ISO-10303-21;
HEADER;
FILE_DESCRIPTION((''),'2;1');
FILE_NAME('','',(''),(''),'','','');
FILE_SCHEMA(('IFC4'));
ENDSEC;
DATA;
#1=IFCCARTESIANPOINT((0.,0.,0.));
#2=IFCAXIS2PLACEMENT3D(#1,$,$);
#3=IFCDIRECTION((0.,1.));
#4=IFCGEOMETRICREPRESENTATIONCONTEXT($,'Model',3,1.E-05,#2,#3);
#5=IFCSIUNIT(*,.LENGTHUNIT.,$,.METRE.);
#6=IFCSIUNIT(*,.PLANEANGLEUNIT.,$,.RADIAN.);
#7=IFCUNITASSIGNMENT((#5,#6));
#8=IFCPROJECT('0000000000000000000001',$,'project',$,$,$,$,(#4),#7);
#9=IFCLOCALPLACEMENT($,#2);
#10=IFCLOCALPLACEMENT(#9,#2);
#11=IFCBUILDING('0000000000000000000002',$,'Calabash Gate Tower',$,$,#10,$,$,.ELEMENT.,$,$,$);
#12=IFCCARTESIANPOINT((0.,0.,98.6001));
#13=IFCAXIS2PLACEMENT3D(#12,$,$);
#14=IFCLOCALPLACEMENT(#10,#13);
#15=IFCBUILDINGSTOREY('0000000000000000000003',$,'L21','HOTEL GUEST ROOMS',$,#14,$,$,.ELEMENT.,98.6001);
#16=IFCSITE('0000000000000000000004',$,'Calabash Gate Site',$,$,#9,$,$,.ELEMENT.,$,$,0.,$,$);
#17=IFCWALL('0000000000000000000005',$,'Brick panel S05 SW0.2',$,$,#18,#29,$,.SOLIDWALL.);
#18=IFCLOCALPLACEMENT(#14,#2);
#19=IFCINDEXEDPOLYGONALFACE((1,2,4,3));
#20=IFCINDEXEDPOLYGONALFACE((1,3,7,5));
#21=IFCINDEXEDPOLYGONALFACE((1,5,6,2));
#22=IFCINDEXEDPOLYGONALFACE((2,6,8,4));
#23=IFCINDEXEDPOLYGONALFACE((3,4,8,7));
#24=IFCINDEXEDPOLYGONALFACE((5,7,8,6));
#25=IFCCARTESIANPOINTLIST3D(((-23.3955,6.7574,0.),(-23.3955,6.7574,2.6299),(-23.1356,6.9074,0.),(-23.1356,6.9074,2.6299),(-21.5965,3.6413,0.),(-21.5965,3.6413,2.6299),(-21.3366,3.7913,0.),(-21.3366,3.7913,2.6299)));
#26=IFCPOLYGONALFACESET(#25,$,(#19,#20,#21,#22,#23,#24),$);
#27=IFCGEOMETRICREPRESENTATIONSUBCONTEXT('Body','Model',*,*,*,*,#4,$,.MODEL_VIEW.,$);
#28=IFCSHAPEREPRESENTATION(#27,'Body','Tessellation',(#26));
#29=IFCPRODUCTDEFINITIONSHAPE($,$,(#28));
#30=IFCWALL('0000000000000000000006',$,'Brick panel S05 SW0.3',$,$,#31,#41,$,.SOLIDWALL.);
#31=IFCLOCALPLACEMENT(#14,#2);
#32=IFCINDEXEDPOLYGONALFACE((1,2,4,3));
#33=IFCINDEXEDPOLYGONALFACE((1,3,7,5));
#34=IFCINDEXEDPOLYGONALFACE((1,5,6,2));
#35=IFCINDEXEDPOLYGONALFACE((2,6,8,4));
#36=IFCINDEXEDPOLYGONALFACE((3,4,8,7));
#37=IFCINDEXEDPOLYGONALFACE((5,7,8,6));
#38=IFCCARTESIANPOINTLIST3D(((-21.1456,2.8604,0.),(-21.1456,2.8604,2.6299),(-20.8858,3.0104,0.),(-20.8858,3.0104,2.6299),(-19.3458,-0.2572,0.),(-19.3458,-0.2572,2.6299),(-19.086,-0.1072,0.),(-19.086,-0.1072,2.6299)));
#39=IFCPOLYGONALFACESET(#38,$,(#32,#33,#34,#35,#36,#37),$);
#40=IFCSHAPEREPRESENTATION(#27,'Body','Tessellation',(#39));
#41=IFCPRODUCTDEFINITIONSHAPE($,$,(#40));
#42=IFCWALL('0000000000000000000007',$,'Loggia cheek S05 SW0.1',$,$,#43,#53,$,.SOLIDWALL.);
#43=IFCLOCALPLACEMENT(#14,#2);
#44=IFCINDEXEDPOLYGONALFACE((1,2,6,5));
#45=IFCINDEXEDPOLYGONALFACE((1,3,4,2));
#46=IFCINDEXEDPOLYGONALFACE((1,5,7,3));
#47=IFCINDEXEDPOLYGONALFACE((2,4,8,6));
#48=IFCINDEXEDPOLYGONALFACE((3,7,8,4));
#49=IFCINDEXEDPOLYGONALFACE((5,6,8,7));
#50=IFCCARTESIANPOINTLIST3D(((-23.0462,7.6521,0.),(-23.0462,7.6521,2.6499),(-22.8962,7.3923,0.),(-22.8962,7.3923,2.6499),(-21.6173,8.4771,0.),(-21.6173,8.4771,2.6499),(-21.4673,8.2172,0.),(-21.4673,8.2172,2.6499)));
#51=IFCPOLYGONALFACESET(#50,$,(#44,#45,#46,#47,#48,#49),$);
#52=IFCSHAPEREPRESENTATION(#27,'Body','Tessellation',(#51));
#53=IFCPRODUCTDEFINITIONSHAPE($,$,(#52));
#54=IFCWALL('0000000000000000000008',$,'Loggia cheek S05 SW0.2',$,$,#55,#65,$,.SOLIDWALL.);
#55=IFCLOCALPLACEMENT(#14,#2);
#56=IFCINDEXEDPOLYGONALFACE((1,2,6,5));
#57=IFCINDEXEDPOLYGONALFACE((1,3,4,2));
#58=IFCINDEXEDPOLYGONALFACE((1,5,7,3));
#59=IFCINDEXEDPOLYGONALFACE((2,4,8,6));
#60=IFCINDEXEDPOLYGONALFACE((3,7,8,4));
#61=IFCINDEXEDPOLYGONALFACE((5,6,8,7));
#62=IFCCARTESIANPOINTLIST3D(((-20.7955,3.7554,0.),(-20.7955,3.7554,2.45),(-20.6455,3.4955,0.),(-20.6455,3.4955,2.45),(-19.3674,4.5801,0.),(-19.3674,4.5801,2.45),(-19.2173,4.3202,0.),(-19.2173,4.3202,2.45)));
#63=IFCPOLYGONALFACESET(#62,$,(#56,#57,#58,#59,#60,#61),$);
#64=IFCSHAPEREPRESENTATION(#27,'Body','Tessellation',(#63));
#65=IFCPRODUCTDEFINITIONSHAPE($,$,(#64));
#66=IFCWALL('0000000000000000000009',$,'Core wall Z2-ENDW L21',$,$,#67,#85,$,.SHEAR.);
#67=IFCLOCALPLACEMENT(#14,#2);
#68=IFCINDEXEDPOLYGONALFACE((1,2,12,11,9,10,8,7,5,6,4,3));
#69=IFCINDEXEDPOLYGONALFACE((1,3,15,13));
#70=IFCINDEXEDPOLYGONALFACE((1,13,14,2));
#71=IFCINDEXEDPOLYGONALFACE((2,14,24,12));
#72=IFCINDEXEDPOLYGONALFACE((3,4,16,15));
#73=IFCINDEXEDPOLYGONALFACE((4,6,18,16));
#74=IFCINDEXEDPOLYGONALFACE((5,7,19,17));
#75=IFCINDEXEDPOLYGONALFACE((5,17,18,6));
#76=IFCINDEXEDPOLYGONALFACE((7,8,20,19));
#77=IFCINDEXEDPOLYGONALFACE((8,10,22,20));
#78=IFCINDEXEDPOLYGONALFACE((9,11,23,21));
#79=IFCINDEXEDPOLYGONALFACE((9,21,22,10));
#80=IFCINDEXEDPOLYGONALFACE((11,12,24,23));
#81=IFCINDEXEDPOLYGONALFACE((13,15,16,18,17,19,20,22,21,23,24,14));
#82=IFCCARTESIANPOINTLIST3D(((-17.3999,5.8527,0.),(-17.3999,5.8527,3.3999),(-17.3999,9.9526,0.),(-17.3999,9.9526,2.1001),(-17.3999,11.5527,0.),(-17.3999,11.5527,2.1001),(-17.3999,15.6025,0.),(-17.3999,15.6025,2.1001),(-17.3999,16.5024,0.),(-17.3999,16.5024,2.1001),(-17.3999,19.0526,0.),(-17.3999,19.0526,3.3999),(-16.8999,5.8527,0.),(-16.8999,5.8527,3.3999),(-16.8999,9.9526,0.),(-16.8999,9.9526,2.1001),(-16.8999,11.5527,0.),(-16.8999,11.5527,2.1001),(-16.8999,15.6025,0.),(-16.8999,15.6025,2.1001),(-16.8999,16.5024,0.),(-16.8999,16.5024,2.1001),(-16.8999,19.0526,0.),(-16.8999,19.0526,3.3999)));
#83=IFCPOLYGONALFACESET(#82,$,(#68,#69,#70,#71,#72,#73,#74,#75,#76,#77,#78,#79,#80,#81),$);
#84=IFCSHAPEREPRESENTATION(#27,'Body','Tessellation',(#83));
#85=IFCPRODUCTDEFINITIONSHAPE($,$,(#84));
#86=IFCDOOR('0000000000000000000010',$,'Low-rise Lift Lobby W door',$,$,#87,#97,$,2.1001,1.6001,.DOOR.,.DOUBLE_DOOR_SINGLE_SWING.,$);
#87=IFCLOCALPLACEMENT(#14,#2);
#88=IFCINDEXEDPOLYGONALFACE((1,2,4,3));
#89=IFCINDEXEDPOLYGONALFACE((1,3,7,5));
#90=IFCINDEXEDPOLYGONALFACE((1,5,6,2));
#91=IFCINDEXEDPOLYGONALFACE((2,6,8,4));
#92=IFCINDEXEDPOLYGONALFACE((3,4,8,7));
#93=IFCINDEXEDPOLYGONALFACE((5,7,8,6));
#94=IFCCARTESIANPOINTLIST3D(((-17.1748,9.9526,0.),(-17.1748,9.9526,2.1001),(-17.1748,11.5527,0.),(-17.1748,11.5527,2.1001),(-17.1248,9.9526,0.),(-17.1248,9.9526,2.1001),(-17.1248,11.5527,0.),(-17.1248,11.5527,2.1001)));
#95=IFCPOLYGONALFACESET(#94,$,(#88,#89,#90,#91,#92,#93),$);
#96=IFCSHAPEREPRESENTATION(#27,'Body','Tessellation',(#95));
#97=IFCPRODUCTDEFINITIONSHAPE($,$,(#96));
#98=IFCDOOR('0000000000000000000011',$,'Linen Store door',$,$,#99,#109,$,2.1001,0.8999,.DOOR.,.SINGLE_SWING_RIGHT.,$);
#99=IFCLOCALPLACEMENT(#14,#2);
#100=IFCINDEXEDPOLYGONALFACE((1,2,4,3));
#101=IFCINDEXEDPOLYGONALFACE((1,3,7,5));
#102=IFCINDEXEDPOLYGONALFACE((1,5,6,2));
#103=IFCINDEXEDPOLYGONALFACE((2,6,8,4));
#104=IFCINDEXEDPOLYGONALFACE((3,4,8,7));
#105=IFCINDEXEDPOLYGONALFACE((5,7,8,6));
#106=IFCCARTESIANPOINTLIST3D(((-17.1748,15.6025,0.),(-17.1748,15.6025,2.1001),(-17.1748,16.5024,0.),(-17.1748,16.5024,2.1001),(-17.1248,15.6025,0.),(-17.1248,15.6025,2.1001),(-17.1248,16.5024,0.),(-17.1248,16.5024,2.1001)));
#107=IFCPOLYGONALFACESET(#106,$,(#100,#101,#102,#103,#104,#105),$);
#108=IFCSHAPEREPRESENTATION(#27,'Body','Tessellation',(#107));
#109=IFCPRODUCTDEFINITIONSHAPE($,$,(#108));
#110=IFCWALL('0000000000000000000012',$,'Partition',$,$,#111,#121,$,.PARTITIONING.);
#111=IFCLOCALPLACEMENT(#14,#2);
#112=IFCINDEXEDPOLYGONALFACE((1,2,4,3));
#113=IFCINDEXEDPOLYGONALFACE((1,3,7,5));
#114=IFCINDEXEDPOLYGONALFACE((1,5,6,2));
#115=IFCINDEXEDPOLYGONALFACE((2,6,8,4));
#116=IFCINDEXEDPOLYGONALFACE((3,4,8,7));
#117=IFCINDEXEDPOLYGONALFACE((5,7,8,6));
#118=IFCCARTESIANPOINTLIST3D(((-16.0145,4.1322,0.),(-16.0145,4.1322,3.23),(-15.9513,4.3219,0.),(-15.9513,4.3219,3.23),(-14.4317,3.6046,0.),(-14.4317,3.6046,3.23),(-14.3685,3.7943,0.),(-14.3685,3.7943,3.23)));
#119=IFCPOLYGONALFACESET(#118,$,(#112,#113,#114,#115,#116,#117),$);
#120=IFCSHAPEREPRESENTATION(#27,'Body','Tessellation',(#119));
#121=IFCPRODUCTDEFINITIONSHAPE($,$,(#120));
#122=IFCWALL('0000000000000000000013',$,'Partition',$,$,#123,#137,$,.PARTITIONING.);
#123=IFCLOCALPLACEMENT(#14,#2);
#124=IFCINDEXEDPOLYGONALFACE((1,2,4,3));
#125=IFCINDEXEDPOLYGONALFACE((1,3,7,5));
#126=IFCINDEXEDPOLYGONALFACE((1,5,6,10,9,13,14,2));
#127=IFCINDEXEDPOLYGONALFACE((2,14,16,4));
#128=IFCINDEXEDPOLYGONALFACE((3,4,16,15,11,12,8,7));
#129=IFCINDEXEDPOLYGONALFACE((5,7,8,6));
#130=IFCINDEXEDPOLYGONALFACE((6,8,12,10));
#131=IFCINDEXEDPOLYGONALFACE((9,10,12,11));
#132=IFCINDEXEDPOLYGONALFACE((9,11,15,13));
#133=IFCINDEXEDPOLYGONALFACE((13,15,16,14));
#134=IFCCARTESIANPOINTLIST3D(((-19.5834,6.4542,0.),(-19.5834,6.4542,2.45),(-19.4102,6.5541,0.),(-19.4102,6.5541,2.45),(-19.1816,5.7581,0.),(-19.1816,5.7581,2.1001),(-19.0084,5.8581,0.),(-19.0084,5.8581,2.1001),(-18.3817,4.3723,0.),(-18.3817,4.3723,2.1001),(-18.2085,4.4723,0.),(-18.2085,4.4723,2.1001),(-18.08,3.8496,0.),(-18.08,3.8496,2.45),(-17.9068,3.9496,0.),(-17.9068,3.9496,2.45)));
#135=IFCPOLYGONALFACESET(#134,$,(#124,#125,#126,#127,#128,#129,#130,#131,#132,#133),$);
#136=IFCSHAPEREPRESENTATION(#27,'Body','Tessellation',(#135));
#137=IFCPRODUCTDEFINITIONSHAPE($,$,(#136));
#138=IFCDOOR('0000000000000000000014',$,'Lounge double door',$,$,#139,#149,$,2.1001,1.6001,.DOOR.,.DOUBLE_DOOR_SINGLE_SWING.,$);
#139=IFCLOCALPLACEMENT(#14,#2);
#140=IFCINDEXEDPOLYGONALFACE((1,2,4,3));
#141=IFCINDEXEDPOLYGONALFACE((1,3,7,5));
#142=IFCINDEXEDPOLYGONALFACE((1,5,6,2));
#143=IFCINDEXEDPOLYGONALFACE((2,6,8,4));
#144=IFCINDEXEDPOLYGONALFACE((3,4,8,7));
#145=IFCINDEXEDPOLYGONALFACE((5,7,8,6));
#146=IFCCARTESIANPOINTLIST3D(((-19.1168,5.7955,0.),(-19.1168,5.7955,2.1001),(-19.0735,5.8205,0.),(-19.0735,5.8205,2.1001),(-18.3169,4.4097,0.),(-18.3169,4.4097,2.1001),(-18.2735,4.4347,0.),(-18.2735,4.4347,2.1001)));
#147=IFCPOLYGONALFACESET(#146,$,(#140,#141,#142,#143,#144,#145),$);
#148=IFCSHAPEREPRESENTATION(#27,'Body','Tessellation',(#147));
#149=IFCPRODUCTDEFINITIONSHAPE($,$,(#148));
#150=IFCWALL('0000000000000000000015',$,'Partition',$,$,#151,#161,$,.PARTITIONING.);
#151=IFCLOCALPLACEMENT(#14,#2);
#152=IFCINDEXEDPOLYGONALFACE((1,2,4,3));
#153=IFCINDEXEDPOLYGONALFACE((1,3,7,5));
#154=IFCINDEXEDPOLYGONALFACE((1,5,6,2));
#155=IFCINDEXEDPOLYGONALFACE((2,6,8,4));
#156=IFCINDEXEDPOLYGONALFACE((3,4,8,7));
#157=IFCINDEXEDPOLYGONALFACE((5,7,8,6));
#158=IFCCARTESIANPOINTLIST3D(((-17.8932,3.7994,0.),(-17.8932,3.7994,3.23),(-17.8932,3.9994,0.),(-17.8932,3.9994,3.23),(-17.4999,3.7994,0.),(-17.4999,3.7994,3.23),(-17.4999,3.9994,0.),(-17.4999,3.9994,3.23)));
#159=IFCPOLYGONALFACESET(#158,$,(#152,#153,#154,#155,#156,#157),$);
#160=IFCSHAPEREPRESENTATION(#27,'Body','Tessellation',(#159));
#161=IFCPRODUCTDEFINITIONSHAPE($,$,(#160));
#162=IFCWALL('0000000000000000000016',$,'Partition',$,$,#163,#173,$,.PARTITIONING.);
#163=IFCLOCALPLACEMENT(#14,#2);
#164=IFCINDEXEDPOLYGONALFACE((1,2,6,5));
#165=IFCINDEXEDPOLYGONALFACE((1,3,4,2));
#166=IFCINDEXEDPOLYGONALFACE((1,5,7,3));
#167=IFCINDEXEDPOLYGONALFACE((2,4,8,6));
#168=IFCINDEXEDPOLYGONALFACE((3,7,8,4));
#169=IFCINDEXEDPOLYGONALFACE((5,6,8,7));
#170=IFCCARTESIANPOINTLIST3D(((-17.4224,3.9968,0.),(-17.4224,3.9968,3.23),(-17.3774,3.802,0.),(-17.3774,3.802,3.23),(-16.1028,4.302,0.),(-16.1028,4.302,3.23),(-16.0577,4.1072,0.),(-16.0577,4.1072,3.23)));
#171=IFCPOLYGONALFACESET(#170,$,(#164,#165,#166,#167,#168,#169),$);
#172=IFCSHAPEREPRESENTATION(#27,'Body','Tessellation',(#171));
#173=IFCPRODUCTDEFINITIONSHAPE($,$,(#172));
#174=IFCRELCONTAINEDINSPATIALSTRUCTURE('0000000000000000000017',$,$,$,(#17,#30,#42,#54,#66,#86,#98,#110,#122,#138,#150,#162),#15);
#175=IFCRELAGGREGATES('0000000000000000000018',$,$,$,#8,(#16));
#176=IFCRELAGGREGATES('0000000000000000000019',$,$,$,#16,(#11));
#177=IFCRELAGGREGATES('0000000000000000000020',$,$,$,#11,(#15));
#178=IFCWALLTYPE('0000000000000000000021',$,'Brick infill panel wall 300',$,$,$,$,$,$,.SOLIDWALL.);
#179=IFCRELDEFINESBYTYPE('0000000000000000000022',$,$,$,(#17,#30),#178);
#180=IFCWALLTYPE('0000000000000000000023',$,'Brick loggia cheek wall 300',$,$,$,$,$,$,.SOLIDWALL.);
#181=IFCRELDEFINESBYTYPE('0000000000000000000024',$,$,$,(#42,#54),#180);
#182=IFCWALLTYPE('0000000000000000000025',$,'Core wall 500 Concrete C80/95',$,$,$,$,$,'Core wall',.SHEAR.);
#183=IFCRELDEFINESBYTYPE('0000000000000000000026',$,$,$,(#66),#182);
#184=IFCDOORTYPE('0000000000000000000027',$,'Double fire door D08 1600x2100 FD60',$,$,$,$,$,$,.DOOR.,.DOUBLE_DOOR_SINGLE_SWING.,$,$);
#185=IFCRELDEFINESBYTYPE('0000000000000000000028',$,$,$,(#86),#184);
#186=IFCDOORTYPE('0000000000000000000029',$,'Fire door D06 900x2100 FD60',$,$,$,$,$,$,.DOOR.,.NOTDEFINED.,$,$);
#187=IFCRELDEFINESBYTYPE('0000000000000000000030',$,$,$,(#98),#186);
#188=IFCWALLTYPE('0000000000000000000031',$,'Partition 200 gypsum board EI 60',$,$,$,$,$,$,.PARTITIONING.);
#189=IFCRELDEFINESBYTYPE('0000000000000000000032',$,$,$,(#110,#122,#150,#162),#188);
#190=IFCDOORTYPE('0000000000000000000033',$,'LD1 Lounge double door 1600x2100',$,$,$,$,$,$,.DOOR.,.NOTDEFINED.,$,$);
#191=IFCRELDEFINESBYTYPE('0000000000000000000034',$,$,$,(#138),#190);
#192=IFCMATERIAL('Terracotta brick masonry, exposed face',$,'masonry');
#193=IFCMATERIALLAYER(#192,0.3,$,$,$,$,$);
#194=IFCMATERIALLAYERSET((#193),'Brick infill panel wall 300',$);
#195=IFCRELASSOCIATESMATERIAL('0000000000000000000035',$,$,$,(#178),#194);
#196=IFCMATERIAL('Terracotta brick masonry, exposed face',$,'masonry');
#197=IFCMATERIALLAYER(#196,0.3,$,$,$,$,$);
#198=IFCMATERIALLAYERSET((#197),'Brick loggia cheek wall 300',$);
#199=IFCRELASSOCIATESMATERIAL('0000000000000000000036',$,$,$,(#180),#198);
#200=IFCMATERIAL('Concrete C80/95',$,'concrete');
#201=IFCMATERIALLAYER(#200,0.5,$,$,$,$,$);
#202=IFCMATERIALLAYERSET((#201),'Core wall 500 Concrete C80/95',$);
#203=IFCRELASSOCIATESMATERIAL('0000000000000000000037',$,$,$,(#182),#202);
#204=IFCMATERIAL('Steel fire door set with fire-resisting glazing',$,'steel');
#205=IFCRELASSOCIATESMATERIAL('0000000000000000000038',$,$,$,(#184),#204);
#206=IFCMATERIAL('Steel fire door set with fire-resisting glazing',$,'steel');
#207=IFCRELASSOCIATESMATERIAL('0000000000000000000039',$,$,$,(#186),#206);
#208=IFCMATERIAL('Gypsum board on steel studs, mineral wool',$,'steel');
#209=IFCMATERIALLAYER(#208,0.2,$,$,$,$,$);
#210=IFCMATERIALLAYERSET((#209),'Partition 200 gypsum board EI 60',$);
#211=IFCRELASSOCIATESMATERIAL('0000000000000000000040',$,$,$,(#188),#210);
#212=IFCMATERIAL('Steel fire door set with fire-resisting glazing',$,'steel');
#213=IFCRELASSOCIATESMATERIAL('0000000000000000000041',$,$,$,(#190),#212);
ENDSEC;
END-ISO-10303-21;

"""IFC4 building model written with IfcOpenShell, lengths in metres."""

from ifc_helpers import new_model, si_unit, direction, frame, frame_2d, origin, place, context, subcontext, project, spatial, rectangle, extrude, material, layer, layer_set, type_object, element, fill, save


model = new_model("IFC4")

# Units and contexts
model_context = context("Model", 3, precision=1e-05, world=origin(), true_north=direction((0.0, 1.0)))
body_context = subcontext(model_context, "Body", "Model", "MODEL_VIEW")
ifc_project = project(units=[si_unit("LENGTHUNIT", "METRE"), si_unit("PLANEANGLEUNIT", "RADIAN")], contexts=[model_context])

# Site, building, storey
site_placement = place(None, origin())
site = spatial("IfcSite", under=ifc_project, at=site_placement, Name="Calabash Gate Site", CompositionType="ELEMENT", RefElevation=0.0)
building_placement = place(site_placement, origin())
building = spatial("IfcBuilding", under=site, at=building_placement, Name="Calabash Gate Tower", CompositionType="ELEMENT")
storey_placement = place(building_placement, frame((0.0, 0.0, 98.6001)))
storey = spatial("IfcBuildingStorey", under=building, at=storey_placement, Name="L21", Description="HOTEL GUEST ROOMS", CompositionType="ELEMENT", Elevation=98.6001)

# Walls
ifc_material_1 = material(Name="Terracotta brick masonry, exposed face", Category="masonry")
ifc_layer_1 = layer(ifc_material_1, 0.3)
ifc_layer_set_1 = layer_set([ifc_layer_1], Name="Brick infill panel wall 300")
wall_type_1 = type_object("IfcWallType", Name="Brick infill panel wall 300", PredefinedType="SOLIDWALL", material=ifc_layer_set_1)
wall_1_placement = place(storey_placement, frame((-21.4666, 3.7163, 0.0), z_axis=(0.0, 0.0, 1.0), x_axis=(-0.499985, 0.866034, 0.0)))
element("IfcWall", 1, at=wall_1_placement, inside=storey, type_object=wall_type_1, Name="Brick panel S05 SW0.2", PredefinedType="SOLIDWALL", context=body_context, shape_type="SweptSolid", body=[
    extrude(rectangle(XDim=3.5981, YDim=0.3, at=frame_2d((1.7991, 0.0))), origin(), (0.0, 0.0, 1.0), 2.6299),
])
wall_2_placement = place(storey_placement, frame((-21.0156, 2.9353, 0.0), z_axis=(0.0, 0.0, 1.0), x_axis=(0.499961, -0.866048, 0.0)))
element("IfcWall", 2, at=wall_2_placement, inside=storey, type_object=wall_type_1, Name="Brick panel S05 SW0.3", PredefinedType="SOLIDWALL", context=body_context, shape_type="SweptSolid", body=[
    extrude(rectangle(XDim=3.5999, YDim=0.3, at=frame_2d((1.7998, 0.0))), origin(), (0.0, 0.0, 1.0), 2.6299),
])
ifc_material_2 = material(Name="Terracotta brick masonry, exposed face", Category="masonry")
ifc_layer_2 = layer(ifc_material_2, 0.3)
ifc_layer_set_2 = layer_set([ifc_layer_2], Name="Brick loggia cheek wall 300")
wall_type_2 = type_object("IfcWallType", Name="Brick loggia cheek wall 300", PredefinedType="SOLIDWALL", material=ifc_layer_set_2)
wall_3_placement = place(storey_placement, frame((-22.9712, 7.5222, 0.0), z_axis=(0.0, 0.0, 1.0), x_axis=(0.86604, 0.499974, 0.0)))
element("IfcWall", 3, at=wall_3_placement, inside=storey, type_object=wall_type_2, Name="Loggia cheek S05 SW0.1", PredefinedType="SOLIDWALL", context=body_context, shape_type="SweptSolid", body=[
    extrude(rectangle(XDim=1.6499, YDim=0.3, at=frame_2d((0.825, 0.0))), origin(), (0.0, 0.0, 1.0), 2.6499),
])
wall_4_placement = place(storey_placement, frame((-19.2922, 4.4502, 0.0), z_axis=(0.0, 0.0, 1.0), x_axis=(-0.865993, -0.500056, 0.0)))
element("IfcWall", 4, at=wall_4_placement, inside=storey, type_object=wall_type_2, Name="Loggia cheek S05 SW0.2", PredefinedType="SOLIDWALL", context=body_context, shape_type="SweptSolid", body=[
    extrude(rectangle(XDim=1.6492, YDim=0.3, at=frame_2d((0.8247, 0.0))), origin(), (0.0, 0.0, 1.0), 2.45),
])

# Wall, openings, doors
ifc_material_3 = material(Name="Concrete C80/95", Category="concrete")
ifc_layer_3 = layer(ifc_material_3, 0.5)
ifc_layer_set_3 = layer_set([ifc_layer_3], Name="Core wall 500 Concrete C80/95")
wall_type_3 = type_object("IfcWallType", Name="Core wall 500 Concrete C80/95", ElementType="Core wall", PredefinedType="SHEAR", material=ifc_layer_set_3)
wall_5_placement = place(storey_placement, frame((-17.1499, 5.8525, 0.0), z_axis=(0.0, 0.0, 1.0), x_axis=(0.0, 1.0, 0.0)))
wall_5 = element("IfcWall", 5, at=wall_5_placement, inside=storey, type_object=wall_type_3, Name="Core wall Z2-ENDW L21", PredefinedType="SHEAR", context=body_context, shape_type="SweptSolid", body=[
    extrude(rectangle(XDim=13.2, YDim=0.5, at=frame_2d((6.6001, 0.0))), origin(), (0.0, 0.0, 1.0), 3.3999),
])
opening_1_placement = place(wall_5_placement, frame((4.1001, 0.0, 0.0)))
opening_1 = element("IfcOpeningElement", 6, at=opening_1_placement, cuts=wall_5, PredefinedType="OPENING", context=body_context, shape_type="SweptSolid", body=[
    extrude(rectangle(XDim=1.6001, YDim=2.1001, at=frame_2d((0.8, 1.05))), frame((0.0, 0.26, 0.0), z_axis=(0.0, -1.0, 0.0), x_axis=(1.0, 0.0, 0.0)), (0.0, 0.0, 1.0), 0.52),
])
opening_2_placement = place(wall_5_placement, frame((9.75, 0.0, 0.0)))
opening_2 = element("IfcOpeningElement", 7, at=opening_2_placement, cuts=wall_5, PredefinedType="OPENING", context=body_context, shape_type="SweptSolid", body=[
    extrude(rectangle(XDim=0.8999, YDim=2.1001, at=frame_2d((0.45, 1.05))), frame((0.0, 0.26, 0.0), z_axis=(0.0, -1.0, 0.0), x_axis=(1.0, 0.0, 0.0)), (0.0, 0.0, 1.0), 0.52),
])
ifc_material_4 = material(Name="Steel fire door set with fire-resisting glazing", Category="steel")
door_type_1 = type_object("IfcDoorType", Name="Double fire door D08 1600x2100 FD60", OperationType="DOUBLE_DOOR_SINGLE_SWING", PredefinedType="DOOR", material=ifc_material_4)
door_1_placement = place(opening_1_placement, origin())
door_1 = element("IfcDoor", 8, at=door_1_placement, inside=storey, type_object=door_type_1, Name="Low-rise Lift Lobby W door", OperationType="DOUBLE_DOOR_SINGLE_SWING", OverallHeight=2.1001, OverallWidth=1.6001, PredefinedType="DOOR", context=body_context, shape_type="SweptSolid", body=[
    extrude(rectangle(XDim=1.6001, YDim=2.1001, at=frame_2d((0.8, 1.05))), frame((0.0, 0.0249, 0.0), z_axis=(0.0, -1.0, 0.0), x_axis=(1.0, 0.0, 0.0)), (0.0, 0.0, 1.0), 0.05),
])
fill(opening_1, door_1)
ifc_material_5 = material(Name="Steel fire door set with fire-resisting glazing", Category="steel")
door_type_2 = type_object("IfcDoorType", Name="Fire door D06 900x2100 FD60", OperationType="NOTDEFINED", PredefinedType="DOOR", material=ifc_material_5)
door_2_placement = place(opening_2_placement, origin())
door_2 = element("IfcDoor", 9, at=door_2_placement, inside=storey, type_object=door_type_2, Name="Linen Store door", OperationType="SINGLE_SWING_RIGHT", OverallHeight=2.1001, OverallWidth=0.8999, PredefinedType="DOOR", context=body_context, shape_type="SweptSolid", body=[
    extrude(rectangle(XDim=0.8999, YDim=2.1001, at=frame_2d((0.45, 1.05))), frame((0.0, 0.0249, 0.0), z_axis=(0.0, -1.0, 0.0), x_axis=(1.0, 0.0, 0.0)), (0.0, 0.0, 1.0), 0.05),
])
fill(opening_2, door_2)

# Wall
ifc_material_6 = material(Name="Gypsum board on steel studs, mineral wool", Category="steel")
ifc_layer_4 = layer(ifc_material_6, 0.2)
ifc_layer_set_4 = layer_set([ifc_layer_4], Name="Partition 200 gypsum board EI 60")
wall_type_4 = type_object("IfcWallType", Name="Partition 200 gypsum board EI 60", PredefinedType="PARTITIONING", material=ifc_layer_set_4)
wall_6_placement = place(storey_placement, frame((-15.9829, 4.2271, 0.0), z_axis=(0.0, 0.0, 1.0), x_axis=(0.948683, -0.316228, 0.0)))
element("IfcWall", 10, at=wall_6_placement, inside=storey, type_object=wall_type_4, Name="Partition", PredefinedType="PARTITIONING", context=body_context, shape_type="SweptSolid", body=[
    extrude(rectangle(XDim=1.6685, YDim=0.2, at=frame_2d((0.8342, 0.0))), origin(), (0.0, 0.0, 1.0), 3.23),
])

# Wall, opening, door
wall_7_placement = place(storey_placement, frame((-19.4968, 6.5042, 0.0), z_axis=(0.0, 0.0, 1.0), x_axis=(0.499929, -0.866067, 0.0)))
wall_7 = element("IfcWall", 11, at=wall_7_placement, inside=storey, type_object=wall_type_4, Name="Partition", PredefinedType="PARTITIONING", context=body_context, shape_type="SweptSolid", body=[
    extrude(rectangle(XDim=3.0073, YDim=0.2, at=frame_2d((1.5037, 0.0))), origin(), (0.0, 0.0, 1.0), 2.45),
])
opening_3_placement = place(wall_7_placement, frame((0.8037, 0.0, 0.0)))
opening_3 = element("IfcOpeningElement", 12, at=opening_3_placement, cuts=wall_7, PredefinedType="OPENING", context=body_context, shape_type="SweptSolid", body=[
    extrude(rectangle(XDim=1.6001, YDim=2.1001, at=frame_2d((0.8, 1.05))), frame((0.0, 0.1099, 0.0), z_axis=(0.0, -1.0, 0.0), x_axis=(1.0, 0.0, 0.0)), (0.0, 0.0, 1.0), 0.22),
])
ifc_material_7 = material(Name="Steel fire door set with fire-resisting glazing", Category="steel")
door_type_3 = type_object("IfcDoorType", Name="LD1 Lounge double door 1600x2100", OperationType="NOTDEFINED", PredefinedType="DOOR", material=ifc_material_7)
door_3_placement = place(opening_3_placement, origin())
door_3 = element("IfcDoor", 13, at=door_3_placement, inside=storey, type_object=door_type_3, Name="Lounge double door", OperationType="DOUBLE_DOOR_SINGLE_SWING", OverallHeight=2.1001, OverallWidth=1.6001, PredefinedType="DOOR", context=body_context, shape_type="SweptSolid", body=[
    extrude(rectangle(XDim=1.6001, YDim=2.1001, at=frame_2d((0.8, 1.05))), frame((0.0, 0.0249, 0.0), z_axis=(0.0, -1.0, 0.0), x_axis=(1.0, 0.0, 0.0)), (0.0, 0.0, 1.0), 0.05),
])
fill(opening_3, door_3)

# Walls
wall_8_placement = place(storey_placement, frame((-17.8933, 3.8994, 0.0), z_axis=(0.0, 0.0, 1.0), x_axis=(1.0, 0.0, 0.0)))
element("IfcWall", 14, at=wall_8_placement, inside=storey, type_object=wall_type_4, Name="Partition", PredefinedType="PARTITIONING", context=body_context, shape_type="SweptSolid", body=[
    extrude(rectangle(XDim=0.3933, YDim=0.2, at=frame_2d((0.1968, 0.0))), origin(), (0.0, 0.0, 1.0), 3.23),
])
wall_9_placement = place(storey_placement, frame((-17.3999, 3.8994, 0.0), z_axis=(0.0, 0.0, 1.0), x_axis=(0.974285, 0.22532, 0.0)))
element("IfcWall", 15, at=wall_9_placement, inside=storey, type_object=wall_type_4, Name="Partition", PredefinedType="PARTITIONING", context=body_context, shape_type="SweptSolid", body=[
    extrude(rectangle(XDim=1.3545, YDim=0.2, at=frame_2d((0.6772, 0.0))), origin(), (0.0, 0.0, 1.0), 3.23),
])

save(model, "model.ifc")
